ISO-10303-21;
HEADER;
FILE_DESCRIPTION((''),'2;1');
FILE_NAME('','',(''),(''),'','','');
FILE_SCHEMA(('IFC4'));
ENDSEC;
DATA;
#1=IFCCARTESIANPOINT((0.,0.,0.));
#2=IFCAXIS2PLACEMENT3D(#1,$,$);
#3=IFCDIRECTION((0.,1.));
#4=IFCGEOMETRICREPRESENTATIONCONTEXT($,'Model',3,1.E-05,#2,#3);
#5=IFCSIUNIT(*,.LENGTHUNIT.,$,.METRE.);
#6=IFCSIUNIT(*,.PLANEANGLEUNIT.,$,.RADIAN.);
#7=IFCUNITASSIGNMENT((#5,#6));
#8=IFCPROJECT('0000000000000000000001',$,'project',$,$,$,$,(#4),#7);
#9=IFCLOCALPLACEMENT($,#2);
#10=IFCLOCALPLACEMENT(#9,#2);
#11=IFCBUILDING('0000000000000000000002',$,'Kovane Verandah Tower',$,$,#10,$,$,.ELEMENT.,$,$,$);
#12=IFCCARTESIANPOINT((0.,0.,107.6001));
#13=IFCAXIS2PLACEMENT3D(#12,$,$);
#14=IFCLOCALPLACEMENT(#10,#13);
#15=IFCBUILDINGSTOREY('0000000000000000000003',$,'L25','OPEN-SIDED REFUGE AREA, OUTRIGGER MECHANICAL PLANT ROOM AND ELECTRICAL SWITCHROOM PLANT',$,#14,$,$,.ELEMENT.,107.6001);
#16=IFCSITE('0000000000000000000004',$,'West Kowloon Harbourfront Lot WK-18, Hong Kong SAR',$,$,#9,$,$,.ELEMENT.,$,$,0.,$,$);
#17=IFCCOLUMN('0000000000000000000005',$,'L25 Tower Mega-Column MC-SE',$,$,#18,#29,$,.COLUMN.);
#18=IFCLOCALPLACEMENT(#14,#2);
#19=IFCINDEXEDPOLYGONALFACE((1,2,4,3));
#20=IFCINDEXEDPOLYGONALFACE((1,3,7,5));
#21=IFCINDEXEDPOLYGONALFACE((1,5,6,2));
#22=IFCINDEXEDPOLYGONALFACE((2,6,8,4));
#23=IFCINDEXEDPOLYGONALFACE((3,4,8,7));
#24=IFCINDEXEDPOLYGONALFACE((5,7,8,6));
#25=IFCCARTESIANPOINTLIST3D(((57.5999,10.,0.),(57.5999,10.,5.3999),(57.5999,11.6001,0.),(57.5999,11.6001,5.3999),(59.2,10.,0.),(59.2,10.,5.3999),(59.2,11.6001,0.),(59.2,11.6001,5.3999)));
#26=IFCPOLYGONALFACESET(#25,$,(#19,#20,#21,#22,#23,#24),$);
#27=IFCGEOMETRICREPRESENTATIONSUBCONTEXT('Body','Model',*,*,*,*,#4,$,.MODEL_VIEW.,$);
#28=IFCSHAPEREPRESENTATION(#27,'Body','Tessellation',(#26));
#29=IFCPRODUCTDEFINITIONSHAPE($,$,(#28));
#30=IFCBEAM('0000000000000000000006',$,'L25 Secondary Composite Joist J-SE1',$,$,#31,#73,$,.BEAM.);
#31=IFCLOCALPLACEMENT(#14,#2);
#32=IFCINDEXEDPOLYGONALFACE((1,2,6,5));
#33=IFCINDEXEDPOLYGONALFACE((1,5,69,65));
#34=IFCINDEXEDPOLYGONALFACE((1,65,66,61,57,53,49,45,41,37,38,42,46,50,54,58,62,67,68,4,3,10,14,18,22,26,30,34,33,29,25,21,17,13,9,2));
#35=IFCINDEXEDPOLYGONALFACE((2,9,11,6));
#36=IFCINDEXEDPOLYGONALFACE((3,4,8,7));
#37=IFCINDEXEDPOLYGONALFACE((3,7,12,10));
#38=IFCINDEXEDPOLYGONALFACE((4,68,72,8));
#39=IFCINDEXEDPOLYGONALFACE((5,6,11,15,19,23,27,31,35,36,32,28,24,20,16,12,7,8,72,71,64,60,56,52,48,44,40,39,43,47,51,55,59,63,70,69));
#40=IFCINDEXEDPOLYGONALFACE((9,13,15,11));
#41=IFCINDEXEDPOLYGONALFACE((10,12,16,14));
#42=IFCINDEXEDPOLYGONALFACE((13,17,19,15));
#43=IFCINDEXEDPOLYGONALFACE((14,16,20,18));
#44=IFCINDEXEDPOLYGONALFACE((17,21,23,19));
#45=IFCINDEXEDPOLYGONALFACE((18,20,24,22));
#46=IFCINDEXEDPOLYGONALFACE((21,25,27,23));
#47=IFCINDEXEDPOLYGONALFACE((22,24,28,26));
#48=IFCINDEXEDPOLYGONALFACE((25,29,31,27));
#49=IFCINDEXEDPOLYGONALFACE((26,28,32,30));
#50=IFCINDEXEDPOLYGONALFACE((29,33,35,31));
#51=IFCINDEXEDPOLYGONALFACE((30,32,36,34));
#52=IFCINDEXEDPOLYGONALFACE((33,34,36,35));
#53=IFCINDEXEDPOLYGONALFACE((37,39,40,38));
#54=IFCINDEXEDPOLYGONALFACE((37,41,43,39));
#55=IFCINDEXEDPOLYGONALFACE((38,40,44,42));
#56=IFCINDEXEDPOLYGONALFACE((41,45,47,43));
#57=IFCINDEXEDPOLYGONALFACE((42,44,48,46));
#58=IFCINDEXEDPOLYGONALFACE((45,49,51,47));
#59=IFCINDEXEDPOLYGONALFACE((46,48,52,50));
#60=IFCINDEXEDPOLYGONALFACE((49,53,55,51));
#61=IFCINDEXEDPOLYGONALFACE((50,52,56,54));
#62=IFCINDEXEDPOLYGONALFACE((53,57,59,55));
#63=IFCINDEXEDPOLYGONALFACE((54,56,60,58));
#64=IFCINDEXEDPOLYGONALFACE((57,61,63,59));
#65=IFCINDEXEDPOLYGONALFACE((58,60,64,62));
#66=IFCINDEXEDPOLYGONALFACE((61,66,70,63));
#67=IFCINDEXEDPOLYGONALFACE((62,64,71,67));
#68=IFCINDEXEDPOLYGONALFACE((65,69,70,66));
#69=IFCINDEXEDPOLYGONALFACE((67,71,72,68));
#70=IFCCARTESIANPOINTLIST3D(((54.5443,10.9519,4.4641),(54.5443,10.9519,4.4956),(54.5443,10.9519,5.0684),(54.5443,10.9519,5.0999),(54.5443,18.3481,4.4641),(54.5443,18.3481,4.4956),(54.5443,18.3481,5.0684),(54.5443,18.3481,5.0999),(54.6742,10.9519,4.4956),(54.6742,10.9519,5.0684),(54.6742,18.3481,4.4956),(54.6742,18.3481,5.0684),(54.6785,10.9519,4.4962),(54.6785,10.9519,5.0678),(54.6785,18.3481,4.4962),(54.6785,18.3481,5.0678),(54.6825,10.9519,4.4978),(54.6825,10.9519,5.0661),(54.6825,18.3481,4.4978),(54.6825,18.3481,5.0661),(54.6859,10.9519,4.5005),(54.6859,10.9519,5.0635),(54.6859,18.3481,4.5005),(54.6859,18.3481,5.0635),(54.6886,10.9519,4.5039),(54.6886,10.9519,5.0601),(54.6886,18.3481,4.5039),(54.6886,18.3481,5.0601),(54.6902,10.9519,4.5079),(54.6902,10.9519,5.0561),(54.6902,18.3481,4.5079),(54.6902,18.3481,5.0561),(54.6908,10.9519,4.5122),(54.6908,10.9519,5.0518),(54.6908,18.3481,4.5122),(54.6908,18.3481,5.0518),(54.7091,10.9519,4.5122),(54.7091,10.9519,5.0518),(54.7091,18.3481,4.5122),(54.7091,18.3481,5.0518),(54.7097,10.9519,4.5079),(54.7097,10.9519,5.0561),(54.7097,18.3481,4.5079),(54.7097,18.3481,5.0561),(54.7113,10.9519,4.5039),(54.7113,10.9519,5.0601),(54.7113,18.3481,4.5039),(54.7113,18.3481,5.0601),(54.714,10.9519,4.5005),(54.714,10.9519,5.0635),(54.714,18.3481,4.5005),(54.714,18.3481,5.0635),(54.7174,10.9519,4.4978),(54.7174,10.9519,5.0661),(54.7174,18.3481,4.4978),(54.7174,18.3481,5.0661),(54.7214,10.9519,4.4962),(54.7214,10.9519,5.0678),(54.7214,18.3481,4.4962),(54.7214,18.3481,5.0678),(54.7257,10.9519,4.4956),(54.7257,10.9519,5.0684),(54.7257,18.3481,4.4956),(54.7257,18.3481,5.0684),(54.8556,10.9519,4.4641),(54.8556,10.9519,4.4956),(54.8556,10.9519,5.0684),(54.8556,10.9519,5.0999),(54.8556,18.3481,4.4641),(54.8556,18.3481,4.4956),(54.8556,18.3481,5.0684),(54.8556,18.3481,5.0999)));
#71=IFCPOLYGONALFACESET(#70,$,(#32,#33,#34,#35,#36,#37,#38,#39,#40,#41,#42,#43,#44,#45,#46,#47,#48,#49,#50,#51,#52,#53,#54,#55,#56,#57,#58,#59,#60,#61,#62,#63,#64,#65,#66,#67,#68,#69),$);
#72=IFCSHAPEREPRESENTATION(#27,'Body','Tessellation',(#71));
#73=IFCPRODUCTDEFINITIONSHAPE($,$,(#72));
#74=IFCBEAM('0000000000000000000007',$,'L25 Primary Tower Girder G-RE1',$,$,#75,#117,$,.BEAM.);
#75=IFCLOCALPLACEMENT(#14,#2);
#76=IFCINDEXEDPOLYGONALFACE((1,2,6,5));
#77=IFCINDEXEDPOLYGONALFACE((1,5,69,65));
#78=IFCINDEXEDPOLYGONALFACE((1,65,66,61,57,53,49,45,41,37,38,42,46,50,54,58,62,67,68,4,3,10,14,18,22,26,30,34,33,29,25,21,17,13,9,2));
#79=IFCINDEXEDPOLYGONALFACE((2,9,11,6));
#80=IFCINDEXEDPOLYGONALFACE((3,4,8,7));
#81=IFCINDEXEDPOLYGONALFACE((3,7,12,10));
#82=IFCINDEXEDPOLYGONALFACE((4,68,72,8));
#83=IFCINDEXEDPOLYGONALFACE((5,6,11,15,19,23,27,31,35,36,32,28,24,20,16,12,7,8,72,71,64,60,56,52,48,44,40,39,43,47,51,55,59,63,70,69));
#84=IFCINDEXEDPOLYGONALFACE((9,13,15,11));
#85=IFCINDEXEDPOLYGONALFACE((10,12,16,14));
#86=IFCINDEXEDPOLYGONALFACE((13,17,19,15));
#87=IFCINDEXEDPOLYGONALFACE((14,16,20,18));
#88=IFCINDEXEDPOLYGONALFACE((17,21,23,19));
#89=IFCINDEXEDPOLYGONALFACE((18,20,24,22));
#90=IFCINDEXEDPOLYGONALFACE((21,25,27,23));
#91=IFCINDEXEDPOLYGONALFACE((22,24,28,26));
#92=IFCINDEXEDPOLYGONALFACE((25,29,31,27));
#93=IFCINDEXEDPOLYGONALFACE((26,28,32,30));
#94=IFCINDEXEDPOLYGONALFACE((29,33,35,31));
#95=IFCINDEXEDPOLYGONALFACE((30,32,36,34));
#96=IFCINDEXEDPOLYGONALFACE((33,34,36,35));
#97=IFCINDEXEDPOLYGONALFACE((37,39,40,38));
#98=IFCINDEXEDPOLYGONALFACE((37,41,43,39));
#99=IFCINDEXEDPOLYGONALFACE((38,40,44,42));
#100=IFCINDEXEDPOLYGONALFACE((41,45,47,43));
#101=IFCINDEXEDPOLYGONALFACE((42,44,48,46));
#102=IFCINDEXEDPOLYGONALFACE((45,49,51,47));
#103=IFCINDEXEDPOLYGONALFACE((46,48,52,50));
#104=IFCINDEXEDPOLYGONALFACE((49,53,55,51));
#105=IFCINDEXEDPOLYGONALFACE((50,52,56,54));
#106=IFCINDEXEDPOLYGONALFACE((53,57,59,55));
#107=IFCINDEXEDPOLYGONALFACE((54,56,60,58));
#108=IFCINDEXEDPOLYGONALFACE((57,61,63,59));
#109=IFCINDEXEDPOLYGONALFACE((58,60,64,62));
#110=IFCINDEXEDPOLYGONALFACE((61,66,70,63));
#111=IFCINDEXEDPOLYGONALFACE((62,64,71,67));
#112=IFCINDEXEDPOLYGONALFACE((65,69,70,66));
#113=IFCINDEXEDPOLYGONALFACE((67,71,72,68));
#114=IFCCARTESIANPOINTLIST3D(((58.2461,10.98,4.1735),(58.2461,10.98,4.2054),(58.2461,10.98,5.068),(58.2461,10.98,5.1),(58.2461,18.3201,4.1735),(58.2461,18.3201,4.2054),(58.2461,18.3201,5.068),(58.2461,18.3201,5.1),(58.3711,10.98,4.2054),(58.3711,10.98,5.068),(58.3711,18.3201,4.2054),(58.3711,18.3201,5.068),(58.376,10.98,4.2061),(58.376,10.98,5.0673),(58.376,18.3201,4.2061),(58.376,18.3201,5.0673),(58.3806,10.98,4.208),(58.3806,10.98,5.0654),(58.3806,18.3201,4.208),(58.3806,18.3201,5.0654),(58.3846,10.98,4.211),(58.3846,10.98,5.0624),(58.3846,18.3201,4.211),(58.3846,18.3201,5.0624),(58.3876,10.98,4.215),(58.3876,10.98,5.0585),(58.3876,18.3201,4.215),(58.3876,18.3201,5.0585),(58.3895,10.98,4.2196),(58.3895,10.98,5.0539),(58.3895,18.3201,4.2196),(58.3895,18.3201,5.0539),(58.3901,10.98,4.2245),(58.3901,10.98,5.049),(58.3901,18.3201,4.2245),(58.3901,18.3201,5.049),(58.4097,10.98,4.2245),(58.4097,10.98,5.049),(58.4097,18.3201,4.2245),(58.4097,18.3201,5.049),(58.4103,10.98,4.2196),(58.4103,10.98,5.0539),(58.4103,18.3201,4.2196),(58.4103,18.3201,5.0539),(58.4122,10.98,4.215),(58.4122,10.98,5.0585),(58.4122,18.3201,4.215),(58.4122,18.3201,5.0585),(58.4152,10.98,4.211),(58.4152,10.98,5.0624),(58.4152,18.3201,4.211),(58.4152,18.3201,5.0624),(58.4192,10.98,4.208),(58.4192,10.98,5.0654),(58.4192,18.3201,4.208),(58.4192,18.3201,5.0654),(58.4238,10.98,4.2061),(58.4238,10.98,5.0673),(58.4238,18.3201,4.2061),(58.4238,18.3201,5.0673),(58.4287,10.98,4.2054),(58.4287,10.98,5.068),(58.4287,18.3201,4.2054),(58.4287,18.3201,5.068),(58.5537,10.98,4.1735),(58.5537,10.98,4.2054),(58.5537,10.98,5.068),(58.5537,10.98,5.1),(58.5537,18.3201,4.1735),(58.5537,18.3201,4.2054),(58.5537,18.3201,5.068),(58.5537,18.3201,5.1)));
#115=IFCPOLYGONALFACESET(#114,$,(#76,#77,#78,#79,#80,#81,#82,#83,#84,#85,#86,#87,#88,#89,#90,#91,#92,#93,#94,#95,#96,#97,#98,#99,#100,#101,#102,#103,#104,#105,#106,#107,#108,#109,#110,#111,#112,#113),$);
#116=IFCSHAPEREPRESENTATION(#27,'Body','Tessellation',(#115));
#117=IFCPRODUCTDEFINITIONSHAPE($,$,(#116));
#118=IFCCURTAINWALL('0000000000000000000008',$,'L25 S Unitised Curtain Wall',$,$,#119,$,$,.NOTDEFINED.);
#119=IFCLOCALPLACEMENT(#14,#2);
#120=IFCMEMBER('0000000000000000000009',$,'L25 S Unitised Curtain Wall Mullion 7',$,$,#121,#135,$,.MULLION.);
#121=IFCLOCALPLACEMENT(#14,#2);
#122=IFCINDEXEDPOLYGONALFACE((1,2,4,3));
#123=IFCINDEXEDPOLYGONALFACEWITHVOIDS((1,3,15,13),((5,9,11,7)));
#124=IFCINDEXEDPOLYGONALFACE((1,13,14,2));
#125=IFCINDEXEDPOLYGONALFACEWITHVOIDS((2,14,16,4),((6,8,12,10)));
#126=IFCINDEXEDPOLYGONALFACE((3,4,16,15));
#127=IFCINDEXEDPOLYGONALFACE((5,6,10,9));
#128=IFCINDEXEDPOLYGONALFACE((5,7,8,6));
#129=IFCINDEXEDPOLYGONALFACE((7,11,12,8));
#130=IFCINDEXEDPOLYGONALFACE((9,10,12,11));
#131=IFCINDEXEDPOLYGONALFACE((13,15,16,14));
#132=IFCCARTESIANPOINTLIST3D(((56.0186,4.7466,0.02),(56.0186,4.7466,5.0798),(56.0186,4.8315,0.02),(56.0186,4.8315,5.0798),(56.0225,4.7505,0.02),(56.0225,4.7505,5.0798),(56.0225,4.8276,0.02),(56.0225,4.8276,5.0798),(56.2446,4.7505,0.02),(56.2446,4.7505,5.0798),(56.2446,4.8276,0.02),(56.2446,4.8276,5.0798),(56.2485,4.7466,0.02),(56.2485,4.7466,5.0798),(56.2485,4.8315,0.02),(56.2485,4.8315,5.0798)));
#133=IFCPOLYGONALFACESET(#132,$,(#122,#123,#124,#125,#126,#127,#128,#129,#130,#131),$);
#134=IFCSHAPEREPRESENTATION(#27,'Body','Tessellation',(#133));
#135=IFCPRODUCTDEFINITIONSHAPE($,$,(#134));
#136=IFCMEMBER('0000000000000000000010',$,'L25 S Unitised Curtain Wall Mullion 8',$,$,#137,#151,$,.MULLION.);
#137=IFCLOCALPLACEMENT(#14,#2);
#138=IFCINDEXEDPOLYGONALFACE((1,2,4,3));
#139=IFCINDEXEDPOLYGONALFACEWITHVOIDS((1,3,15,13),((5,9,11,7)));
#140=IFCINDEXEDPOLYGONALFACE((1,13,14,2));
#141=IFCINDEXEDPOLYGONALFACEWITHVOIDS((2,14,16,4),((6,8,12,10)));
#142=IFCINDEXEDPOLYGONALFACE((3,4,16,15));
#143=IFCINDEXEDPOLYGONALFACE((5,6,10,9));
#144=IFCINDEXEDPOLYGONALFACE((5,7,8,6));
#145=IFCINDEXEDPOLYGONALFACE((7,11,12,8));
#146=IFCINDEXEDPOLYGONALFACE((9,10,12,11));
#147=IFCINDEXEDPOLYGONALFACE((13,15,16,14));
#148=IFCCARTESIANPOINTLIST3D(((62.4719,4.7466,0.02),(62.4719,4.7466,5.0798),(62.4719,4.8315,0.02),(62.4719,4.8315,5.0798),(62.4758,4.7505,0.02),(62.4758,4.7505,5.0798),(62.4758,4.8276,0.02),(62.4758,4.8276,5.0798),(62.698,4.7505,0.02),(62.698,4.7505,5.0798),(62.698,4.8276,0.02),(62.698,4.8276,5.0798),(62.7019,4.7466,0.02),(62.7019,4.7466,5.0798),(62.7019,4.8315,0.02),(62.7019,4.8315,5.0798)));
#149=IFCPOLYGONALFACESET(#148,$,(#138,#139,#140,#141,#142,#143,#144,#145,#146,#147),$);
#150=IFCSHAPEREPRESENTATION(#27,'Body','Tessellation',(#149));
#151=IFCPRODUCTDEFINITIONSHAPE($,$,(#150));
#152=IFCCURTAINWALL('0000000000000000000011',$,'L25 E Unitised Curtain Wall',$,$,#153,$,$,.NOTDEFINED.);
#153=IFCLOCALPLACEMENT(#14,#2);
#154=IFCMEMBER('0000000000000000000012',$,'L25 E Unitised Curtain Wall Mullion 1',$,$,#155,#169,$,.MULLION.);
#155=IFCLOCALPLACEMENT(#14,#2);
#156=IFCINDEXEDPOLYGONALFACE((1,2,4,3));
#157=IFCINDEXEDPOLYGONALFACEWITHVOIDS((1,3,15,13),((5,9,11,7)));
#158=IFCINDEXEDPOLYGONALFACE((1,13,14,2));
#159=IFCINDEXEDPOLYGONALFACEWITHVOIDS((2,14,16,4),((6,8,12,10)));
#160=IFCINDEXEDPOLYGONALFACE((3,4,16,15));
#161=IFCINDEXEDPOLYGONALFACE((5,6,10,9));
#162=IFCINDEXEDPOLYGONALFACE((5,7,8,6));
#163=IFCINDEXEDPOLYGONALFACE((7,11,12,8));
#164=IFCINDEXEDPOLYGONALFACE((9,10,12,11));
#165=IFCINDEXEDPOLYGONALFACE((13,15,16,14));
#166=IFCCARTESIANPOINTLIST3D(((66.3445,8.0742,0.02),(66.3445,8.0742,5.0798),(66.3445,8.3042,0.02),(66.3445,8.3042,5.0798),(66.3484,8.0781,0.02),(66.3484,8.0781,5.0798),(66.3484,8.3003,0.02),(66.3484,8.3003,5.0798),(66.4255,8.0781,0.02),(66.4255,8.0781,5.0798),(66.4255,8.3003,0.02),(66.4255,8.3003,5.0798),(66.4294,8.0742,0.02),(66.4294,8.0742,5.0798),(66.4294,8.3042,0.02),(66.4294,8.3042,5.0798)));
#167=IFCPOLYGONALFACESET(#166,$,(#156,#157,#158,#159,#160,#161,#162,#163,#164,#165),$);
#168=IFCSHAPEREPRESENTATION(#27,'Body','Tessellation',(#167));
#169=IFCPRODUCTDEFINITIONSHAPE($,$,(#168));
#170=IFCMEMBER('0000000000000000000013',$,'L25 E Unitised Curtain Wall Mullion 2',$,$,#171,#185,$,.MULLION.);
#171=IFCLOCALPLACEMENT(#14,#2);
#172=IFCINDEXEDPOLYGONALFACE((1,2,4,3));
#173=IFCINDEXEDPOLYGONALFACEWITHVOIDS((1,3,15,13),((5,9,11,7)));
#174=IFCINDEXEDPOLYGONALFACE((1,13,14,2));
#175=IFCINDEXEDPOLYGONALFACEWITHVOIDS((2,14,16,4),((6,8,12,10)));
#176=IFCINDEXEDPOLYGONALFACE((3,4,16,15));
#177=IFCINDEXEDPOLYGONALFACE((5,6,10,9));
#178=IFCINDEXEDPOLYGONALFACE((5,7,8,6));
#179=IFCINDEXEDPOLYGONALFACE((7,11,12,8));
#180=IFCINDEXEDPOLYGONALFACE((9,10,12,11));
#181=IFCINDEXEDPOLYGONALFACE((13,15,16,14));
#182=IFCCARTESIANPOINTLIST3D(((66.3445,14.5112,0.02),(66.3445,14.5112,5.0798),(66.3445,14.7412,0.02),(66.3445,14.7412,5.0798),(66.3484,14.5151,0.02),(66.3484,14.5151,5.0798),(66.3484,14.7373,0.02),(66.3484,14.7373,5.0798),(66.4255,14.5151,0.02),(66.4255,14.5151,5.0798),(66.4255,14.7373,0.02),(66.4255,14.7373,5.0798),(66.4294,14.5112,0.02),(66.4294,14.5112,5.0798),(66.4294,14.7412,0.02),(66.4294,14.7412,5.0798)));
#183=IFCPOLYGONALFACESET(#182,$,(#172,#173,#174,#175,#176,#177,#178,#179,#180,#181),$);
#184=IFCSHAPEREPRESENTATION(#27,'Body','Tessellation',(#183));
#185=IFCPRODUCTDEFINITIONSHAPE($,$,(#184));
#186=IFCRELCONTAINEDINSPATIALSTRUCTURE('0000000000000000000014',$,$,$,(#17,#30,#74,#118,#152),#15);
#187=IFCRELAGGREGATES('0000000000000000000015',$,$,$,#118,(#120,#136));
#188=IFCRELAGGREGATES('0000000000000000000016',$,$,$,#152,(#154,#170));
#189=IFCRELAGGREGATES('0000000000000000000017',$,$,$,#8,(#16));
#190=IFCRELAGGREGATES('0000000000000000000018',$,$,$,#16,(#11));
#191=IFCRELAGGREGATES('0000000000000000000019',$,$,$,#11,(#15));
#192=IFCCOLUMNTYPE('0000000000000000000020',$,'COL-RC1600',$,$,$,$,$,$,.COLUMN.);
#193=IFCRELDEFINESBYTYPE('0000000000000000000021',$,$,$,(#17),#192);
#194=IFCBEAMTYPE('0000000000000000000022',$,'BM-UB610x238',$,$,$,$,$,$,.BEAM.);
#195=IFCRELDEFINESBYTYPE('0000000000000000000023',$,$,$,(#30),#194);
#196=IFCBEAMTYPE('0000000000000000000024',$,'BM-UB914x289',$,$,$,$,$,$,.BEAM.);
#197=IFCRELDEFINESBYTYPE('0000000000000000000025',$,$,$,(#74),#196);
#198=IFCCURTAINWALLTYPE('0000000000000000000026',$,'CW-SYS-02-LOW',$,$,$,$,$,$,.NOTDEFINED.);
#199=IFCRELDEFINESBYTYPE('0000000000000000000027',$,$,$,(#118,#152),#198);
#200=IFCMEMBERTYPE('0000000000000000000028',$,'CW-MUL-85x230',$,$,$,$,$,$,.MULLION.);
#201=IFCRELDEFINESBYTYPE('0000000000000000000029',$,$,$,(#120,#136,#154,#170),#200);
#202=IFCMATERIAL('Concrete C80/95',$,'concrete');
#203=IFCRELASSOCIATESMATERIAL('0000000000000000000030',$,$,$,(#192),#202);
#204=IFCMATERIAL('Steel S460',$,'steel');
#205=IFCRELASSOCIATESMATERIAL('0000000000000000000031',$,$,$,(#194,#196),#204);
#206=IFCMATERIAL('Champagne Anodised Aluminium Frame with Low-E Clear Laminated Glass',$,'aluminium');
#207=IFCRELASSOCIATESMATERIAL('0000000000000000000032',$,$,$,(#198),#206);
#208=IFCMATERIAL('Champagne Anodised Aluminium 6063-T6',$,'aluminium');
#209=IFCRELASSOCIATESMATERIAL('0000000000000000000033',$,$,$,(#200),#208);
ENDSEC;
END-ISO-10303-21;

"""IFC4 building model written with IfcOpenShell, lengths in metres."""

from ifc_helpers import new_model, si_unit, direction, frame, origin, origin_2d, place, context, subcontext, project, spatial, rectangle, hollow_rectangle, i_section, extrude, material, material_profile, profile_set, type_object, element, aggregate, save


model = new_model("IFC4")

# Units and contexts
model_context = context("Model", 3, precision=1e-05, world=origin(), true_north=direction((0.0, 1.0)))
body_context = subcontext(model_context, "Body", "Model", "MODEL_VIEW")
ifc_project = project(units=[si_unit("LENGTHUNIT", "METRE"), si_unit("PLANEANGLEUNIT", "RADIAN")], contexts=[model_context])

# Site, building, storey
site_placement = place(None, origin())
site = spatial("IfcSite", under=ifc_project, at=site_placement, Name="West Kowloon Harbourfront Lot WK-18, Hong Kong SAR", CompositionType="ELEMENT", RefElevation=0.0)
building_placement = place(site_placement, origin())
building = spatial("IfcBuilding", under=site, at=building_placement, Name="Kovane Verandah Tower", CompositionType="ELEMENT")
storey_placement = place(building_placement, frame((0.0, 0.0, 107.6001)))
storey = spatial("IfcBuildingStorey", under=building, at=storey_placement, Name="L25", Description="OPEN-SIDED REFUGE AREA, OUTRIGGER MECHANICAL PLANT ROOM AND ELECTRICAL SWITCHROOM PLANT", CompositionType="ELEMENT", Elevation=107.6001)

# Column
ifc_material_1 = material(Name="Concrete C80/95", Category="concrete")
ifc_material_profile_1 = material_profile(ifc_material_1, rectangle(XDim=1.6001, YDim=1.6001, at=origin_2d()), Name="RC1600x1600")
ifc_profile_set_1 = profile_set([ifc_material_profile_1], Name="Concrete C80/95")
column_type = type_object("IfcColumnType", Name="COL-RC1600", PredefinedType="COLUMN", material=ifc_profile_set_1)
column_placement = place(storey_placement, frame((58.3999, 10.8, 0.0), z_axis=(0.0, 0.0, 1.0), x_axis=(1.0, 0.0, 0.0)))
element("IfcColumn", 1, at=column_placement, inside=storey, type_object=column_type, Name="L25 Tower Mega-Column MC-SE", PredefinedType="COLUMN", context=body_context, shape_type="SweptSolid", body=[
    extrude(rectangle(XDim=1.6001, YDim=1.6001, at=origin_2d()), origin(), (0.0, 0.0, 1.0), 5.3999),
])

# Beams
ifc_material_2 = material(Name="Steel S460", Category="steel")
ifc_material_profile_2 = material_profile(ifc_material_2, i_section(OverallWidth=0.3113, OverallDepth=0.6357, WebThickness=0.0183, FlangeThickness=0.0315, FilletRadius=0.0166, at=origin_2d()), Name="UB610x305x238")
ifc_profile_set_2 = profile_set([ifc_material_profile_2], Name="Steel S460")
beam_type_1 = type_object("IfcBeamType", Name="BM-UB610x238", PredefinedType="BEAM", material=ifc_profile_set_2)
beam_1_placement = place(storey_placement, frame((54.7, 10.9519, 4.782), z_axis=(0.0, 1.0, 0.0), x_axis=(-1.0, 0.0, 0.0)))
element("IfcBeam", 2, at=beam_1_placement, inside=storey, type_object=beam_type_1, Name="L25 Secondary Composite Joist J-SE1", PredefinedType="BEAM", context=body_context, shape_type="SweptSolid", body=[
    extrude(i_section(OverallWidth=0.3113, OverallDepth=0.6357, WebThickness=0.0183, FlangeThickness=0.0315, FilletRadius=0.0166, at=origin_2d()), origin(), (0.0, 0.0, 1.0), 7.3962),
])
ifc_material_profile_3 = material_profile(ifc_material_2, i_section(OverallWidth=0.3076, OverallDepth=0.9265, WebThickness=0.0195, FlangeThickness=0.032, FilletRadius=0.019, at=origin_2d()), Name="UB914x305x289")
ifc_profile_set_3 = profile_set([ifc_material_profile_3], Name="Steel S460")
beam_type_2 = type_object("IfcBeamType", Name="BM-UB914x289", PredefinedType="BEAM", material=ifc_profile_set_3)
beam_2_placement = place(storey_placement, frame((58.3999, 10.98, 4.6367), z_axis=(0.0, 1.0, 0.0), x_axis=(-1.0, 0.0, 0.0)))
element("IfcBeam", 3, at=beam_2_placement, inside=storey, type_object=beam_type_2, Name="L25 Primary Tower Girder G-RE1", PredefinedType="BEAM", context=body_context, shape_type="SweptSolid", body=[
    extrude(i_section(OverallWidth=0.3076, OverallDepth=0.9265, WebThickness=0.0195, FlangeThickness=0.032, FilletRadius=0.019, at=origin_2d()), origin(), (0.0, 0.0, 1.0), 7.3401),
])

# Curtain walls, members
ifc_material_3 = material(Name="Champagne Anodised Aluminium Frame with Low-E Clear Laminated Glass", Category="aluminium")
curtain_wall_type = type_object("IfcCurtainWallType", Name="CW-SYS-02-LOW", PredefinedType="NOTDEFINED", material=ifc_material_3)
curtain_wall_1_placement = place(storey_placement, origin())
curtain_wall_1 = element("IfcCurtainWall", 4, at=curtain_wall_1_placement, inside=storey, type_object=curtain_wall_type, Name="L25 S Unitised Curtain Wall", PredefinedType="NOTDEFINED")
ifc_material_4 = material(Name="Champagne Anodised Aluminium 6063-T6", Category="aluminium")
ifc_material_profile_4 = material_profile(ifc_material_4, hollow_rectangle(XDim=0.085, YDim=0.23, WallThickness=0.0039, at=origin_2d()), Name="AL85x230x4")
ifc_profile_set_4 = profile_set([ifc_material_profile_4], Name="Champagne Anodised Aluminium 6063-T6")
member_type_1 = type_object("IfcMemberType", Name="CW-MUL-85x230", PredefinedType="MULLION", material=ifc_profile_set_4)
member_1_placement = place(storey_placement, frame((56.1335, 4.7891, 0.02), z_axis=(0.0, 0.0, 1.0), x_axis=(0.0, -1.0, 0.0)))
member_1 = element("IfcMember", 5, at=member_1_placement, type_object=member_type_1, Name="L25 S Unitised Curtain Wall Mullion 7", PredefinedType="MULLION", context=body_context, shape_type="SweptSolid", body=[
    extrude(hollow_rectangle(XDim=0.085, YDim=0.23, WallThickness=0.0039, at=origin_2d()), origin(), (0.0, 0.0, 1.0), 5.0598),
])
member_2_placement = place(storey_placement, frame((62.5869, 4.7891, 0.02), z_axis=(0.0, 0.0, 1.0), x_axis=(0.0, -1.0, 0.0)))
member_2 = element("IfcMember", 6, at=member_2_placement, type_object=member_type_1, Name="L25 S Unitised Curtain Wall Mullion 8", PredefinedType="MULLION", context=body_context, shape_type="SweptSolid", body=[
    extrude(hollow_rectangle(XDim=0.085, YDim=0.23, WallThickness=0.0039, at=origin_2d()), origin(), (0.0, 0.0, 1.0), 5.0598),
])
curtain_wall_2_placement = place(storey_placement, origin())
curtain_wall_2 = element("IfcCurtainWall", 7, at=curtain_wall_2_placement, inside=storey, type_object=curtain_wall_type, Name="L25 E Unitised Curtain Wall", PredefinedType="NOTDEFINED")
member_3_placement = place(storey_placement, frame((66.387, 8.1892, 0.02), z_axis=(0.0, 0.0, 1.0), x_axis=(1.0, 0.0, 0.0)))
member_3 = element("IfcMember", 8, at=member_3_placement, type_object=member_type_1, Name="L25 E Unitised Curtain Wall Mullion 1", PredefinedType="MULLION", context=body_context, shape_type="SweptSolid", body=[
    extrude(hollow_rectangle(XDim=0.085, YDim=0.23, WallThickness=0.0039, at=origin_2d()), origin(), (0.0, 0.0, 1.0), 5.0598),
])
member_4_placement = place(storey_placement, frame((66.387, 14.6262, 0.02), z_axis=(0.0, 0.0, 1.0), x_axis=(1.0, 0.0, 0.0)))
member_4 = element("IfcMember", 9, at=member_4_placement, type_object=member_type_1, Name="L25 E Unitised Curtain Wall Mullion 2", PredefinedType="MULLION", context=body_context, shape_type="SweptSolid", body=[
    extrude(hollow_rectangle(XDim=0.085, YDim=0.23, WallThickness=0.0039, at=origin_2d()), origin(), (0.0, 0.0, 1.0), 5.0598),
])

aggregate(curtain_wall_1, [member_1, member_2])
aggregate(curtain_wall_2, [member_3, member_4])

save(model, "model.ifc")
